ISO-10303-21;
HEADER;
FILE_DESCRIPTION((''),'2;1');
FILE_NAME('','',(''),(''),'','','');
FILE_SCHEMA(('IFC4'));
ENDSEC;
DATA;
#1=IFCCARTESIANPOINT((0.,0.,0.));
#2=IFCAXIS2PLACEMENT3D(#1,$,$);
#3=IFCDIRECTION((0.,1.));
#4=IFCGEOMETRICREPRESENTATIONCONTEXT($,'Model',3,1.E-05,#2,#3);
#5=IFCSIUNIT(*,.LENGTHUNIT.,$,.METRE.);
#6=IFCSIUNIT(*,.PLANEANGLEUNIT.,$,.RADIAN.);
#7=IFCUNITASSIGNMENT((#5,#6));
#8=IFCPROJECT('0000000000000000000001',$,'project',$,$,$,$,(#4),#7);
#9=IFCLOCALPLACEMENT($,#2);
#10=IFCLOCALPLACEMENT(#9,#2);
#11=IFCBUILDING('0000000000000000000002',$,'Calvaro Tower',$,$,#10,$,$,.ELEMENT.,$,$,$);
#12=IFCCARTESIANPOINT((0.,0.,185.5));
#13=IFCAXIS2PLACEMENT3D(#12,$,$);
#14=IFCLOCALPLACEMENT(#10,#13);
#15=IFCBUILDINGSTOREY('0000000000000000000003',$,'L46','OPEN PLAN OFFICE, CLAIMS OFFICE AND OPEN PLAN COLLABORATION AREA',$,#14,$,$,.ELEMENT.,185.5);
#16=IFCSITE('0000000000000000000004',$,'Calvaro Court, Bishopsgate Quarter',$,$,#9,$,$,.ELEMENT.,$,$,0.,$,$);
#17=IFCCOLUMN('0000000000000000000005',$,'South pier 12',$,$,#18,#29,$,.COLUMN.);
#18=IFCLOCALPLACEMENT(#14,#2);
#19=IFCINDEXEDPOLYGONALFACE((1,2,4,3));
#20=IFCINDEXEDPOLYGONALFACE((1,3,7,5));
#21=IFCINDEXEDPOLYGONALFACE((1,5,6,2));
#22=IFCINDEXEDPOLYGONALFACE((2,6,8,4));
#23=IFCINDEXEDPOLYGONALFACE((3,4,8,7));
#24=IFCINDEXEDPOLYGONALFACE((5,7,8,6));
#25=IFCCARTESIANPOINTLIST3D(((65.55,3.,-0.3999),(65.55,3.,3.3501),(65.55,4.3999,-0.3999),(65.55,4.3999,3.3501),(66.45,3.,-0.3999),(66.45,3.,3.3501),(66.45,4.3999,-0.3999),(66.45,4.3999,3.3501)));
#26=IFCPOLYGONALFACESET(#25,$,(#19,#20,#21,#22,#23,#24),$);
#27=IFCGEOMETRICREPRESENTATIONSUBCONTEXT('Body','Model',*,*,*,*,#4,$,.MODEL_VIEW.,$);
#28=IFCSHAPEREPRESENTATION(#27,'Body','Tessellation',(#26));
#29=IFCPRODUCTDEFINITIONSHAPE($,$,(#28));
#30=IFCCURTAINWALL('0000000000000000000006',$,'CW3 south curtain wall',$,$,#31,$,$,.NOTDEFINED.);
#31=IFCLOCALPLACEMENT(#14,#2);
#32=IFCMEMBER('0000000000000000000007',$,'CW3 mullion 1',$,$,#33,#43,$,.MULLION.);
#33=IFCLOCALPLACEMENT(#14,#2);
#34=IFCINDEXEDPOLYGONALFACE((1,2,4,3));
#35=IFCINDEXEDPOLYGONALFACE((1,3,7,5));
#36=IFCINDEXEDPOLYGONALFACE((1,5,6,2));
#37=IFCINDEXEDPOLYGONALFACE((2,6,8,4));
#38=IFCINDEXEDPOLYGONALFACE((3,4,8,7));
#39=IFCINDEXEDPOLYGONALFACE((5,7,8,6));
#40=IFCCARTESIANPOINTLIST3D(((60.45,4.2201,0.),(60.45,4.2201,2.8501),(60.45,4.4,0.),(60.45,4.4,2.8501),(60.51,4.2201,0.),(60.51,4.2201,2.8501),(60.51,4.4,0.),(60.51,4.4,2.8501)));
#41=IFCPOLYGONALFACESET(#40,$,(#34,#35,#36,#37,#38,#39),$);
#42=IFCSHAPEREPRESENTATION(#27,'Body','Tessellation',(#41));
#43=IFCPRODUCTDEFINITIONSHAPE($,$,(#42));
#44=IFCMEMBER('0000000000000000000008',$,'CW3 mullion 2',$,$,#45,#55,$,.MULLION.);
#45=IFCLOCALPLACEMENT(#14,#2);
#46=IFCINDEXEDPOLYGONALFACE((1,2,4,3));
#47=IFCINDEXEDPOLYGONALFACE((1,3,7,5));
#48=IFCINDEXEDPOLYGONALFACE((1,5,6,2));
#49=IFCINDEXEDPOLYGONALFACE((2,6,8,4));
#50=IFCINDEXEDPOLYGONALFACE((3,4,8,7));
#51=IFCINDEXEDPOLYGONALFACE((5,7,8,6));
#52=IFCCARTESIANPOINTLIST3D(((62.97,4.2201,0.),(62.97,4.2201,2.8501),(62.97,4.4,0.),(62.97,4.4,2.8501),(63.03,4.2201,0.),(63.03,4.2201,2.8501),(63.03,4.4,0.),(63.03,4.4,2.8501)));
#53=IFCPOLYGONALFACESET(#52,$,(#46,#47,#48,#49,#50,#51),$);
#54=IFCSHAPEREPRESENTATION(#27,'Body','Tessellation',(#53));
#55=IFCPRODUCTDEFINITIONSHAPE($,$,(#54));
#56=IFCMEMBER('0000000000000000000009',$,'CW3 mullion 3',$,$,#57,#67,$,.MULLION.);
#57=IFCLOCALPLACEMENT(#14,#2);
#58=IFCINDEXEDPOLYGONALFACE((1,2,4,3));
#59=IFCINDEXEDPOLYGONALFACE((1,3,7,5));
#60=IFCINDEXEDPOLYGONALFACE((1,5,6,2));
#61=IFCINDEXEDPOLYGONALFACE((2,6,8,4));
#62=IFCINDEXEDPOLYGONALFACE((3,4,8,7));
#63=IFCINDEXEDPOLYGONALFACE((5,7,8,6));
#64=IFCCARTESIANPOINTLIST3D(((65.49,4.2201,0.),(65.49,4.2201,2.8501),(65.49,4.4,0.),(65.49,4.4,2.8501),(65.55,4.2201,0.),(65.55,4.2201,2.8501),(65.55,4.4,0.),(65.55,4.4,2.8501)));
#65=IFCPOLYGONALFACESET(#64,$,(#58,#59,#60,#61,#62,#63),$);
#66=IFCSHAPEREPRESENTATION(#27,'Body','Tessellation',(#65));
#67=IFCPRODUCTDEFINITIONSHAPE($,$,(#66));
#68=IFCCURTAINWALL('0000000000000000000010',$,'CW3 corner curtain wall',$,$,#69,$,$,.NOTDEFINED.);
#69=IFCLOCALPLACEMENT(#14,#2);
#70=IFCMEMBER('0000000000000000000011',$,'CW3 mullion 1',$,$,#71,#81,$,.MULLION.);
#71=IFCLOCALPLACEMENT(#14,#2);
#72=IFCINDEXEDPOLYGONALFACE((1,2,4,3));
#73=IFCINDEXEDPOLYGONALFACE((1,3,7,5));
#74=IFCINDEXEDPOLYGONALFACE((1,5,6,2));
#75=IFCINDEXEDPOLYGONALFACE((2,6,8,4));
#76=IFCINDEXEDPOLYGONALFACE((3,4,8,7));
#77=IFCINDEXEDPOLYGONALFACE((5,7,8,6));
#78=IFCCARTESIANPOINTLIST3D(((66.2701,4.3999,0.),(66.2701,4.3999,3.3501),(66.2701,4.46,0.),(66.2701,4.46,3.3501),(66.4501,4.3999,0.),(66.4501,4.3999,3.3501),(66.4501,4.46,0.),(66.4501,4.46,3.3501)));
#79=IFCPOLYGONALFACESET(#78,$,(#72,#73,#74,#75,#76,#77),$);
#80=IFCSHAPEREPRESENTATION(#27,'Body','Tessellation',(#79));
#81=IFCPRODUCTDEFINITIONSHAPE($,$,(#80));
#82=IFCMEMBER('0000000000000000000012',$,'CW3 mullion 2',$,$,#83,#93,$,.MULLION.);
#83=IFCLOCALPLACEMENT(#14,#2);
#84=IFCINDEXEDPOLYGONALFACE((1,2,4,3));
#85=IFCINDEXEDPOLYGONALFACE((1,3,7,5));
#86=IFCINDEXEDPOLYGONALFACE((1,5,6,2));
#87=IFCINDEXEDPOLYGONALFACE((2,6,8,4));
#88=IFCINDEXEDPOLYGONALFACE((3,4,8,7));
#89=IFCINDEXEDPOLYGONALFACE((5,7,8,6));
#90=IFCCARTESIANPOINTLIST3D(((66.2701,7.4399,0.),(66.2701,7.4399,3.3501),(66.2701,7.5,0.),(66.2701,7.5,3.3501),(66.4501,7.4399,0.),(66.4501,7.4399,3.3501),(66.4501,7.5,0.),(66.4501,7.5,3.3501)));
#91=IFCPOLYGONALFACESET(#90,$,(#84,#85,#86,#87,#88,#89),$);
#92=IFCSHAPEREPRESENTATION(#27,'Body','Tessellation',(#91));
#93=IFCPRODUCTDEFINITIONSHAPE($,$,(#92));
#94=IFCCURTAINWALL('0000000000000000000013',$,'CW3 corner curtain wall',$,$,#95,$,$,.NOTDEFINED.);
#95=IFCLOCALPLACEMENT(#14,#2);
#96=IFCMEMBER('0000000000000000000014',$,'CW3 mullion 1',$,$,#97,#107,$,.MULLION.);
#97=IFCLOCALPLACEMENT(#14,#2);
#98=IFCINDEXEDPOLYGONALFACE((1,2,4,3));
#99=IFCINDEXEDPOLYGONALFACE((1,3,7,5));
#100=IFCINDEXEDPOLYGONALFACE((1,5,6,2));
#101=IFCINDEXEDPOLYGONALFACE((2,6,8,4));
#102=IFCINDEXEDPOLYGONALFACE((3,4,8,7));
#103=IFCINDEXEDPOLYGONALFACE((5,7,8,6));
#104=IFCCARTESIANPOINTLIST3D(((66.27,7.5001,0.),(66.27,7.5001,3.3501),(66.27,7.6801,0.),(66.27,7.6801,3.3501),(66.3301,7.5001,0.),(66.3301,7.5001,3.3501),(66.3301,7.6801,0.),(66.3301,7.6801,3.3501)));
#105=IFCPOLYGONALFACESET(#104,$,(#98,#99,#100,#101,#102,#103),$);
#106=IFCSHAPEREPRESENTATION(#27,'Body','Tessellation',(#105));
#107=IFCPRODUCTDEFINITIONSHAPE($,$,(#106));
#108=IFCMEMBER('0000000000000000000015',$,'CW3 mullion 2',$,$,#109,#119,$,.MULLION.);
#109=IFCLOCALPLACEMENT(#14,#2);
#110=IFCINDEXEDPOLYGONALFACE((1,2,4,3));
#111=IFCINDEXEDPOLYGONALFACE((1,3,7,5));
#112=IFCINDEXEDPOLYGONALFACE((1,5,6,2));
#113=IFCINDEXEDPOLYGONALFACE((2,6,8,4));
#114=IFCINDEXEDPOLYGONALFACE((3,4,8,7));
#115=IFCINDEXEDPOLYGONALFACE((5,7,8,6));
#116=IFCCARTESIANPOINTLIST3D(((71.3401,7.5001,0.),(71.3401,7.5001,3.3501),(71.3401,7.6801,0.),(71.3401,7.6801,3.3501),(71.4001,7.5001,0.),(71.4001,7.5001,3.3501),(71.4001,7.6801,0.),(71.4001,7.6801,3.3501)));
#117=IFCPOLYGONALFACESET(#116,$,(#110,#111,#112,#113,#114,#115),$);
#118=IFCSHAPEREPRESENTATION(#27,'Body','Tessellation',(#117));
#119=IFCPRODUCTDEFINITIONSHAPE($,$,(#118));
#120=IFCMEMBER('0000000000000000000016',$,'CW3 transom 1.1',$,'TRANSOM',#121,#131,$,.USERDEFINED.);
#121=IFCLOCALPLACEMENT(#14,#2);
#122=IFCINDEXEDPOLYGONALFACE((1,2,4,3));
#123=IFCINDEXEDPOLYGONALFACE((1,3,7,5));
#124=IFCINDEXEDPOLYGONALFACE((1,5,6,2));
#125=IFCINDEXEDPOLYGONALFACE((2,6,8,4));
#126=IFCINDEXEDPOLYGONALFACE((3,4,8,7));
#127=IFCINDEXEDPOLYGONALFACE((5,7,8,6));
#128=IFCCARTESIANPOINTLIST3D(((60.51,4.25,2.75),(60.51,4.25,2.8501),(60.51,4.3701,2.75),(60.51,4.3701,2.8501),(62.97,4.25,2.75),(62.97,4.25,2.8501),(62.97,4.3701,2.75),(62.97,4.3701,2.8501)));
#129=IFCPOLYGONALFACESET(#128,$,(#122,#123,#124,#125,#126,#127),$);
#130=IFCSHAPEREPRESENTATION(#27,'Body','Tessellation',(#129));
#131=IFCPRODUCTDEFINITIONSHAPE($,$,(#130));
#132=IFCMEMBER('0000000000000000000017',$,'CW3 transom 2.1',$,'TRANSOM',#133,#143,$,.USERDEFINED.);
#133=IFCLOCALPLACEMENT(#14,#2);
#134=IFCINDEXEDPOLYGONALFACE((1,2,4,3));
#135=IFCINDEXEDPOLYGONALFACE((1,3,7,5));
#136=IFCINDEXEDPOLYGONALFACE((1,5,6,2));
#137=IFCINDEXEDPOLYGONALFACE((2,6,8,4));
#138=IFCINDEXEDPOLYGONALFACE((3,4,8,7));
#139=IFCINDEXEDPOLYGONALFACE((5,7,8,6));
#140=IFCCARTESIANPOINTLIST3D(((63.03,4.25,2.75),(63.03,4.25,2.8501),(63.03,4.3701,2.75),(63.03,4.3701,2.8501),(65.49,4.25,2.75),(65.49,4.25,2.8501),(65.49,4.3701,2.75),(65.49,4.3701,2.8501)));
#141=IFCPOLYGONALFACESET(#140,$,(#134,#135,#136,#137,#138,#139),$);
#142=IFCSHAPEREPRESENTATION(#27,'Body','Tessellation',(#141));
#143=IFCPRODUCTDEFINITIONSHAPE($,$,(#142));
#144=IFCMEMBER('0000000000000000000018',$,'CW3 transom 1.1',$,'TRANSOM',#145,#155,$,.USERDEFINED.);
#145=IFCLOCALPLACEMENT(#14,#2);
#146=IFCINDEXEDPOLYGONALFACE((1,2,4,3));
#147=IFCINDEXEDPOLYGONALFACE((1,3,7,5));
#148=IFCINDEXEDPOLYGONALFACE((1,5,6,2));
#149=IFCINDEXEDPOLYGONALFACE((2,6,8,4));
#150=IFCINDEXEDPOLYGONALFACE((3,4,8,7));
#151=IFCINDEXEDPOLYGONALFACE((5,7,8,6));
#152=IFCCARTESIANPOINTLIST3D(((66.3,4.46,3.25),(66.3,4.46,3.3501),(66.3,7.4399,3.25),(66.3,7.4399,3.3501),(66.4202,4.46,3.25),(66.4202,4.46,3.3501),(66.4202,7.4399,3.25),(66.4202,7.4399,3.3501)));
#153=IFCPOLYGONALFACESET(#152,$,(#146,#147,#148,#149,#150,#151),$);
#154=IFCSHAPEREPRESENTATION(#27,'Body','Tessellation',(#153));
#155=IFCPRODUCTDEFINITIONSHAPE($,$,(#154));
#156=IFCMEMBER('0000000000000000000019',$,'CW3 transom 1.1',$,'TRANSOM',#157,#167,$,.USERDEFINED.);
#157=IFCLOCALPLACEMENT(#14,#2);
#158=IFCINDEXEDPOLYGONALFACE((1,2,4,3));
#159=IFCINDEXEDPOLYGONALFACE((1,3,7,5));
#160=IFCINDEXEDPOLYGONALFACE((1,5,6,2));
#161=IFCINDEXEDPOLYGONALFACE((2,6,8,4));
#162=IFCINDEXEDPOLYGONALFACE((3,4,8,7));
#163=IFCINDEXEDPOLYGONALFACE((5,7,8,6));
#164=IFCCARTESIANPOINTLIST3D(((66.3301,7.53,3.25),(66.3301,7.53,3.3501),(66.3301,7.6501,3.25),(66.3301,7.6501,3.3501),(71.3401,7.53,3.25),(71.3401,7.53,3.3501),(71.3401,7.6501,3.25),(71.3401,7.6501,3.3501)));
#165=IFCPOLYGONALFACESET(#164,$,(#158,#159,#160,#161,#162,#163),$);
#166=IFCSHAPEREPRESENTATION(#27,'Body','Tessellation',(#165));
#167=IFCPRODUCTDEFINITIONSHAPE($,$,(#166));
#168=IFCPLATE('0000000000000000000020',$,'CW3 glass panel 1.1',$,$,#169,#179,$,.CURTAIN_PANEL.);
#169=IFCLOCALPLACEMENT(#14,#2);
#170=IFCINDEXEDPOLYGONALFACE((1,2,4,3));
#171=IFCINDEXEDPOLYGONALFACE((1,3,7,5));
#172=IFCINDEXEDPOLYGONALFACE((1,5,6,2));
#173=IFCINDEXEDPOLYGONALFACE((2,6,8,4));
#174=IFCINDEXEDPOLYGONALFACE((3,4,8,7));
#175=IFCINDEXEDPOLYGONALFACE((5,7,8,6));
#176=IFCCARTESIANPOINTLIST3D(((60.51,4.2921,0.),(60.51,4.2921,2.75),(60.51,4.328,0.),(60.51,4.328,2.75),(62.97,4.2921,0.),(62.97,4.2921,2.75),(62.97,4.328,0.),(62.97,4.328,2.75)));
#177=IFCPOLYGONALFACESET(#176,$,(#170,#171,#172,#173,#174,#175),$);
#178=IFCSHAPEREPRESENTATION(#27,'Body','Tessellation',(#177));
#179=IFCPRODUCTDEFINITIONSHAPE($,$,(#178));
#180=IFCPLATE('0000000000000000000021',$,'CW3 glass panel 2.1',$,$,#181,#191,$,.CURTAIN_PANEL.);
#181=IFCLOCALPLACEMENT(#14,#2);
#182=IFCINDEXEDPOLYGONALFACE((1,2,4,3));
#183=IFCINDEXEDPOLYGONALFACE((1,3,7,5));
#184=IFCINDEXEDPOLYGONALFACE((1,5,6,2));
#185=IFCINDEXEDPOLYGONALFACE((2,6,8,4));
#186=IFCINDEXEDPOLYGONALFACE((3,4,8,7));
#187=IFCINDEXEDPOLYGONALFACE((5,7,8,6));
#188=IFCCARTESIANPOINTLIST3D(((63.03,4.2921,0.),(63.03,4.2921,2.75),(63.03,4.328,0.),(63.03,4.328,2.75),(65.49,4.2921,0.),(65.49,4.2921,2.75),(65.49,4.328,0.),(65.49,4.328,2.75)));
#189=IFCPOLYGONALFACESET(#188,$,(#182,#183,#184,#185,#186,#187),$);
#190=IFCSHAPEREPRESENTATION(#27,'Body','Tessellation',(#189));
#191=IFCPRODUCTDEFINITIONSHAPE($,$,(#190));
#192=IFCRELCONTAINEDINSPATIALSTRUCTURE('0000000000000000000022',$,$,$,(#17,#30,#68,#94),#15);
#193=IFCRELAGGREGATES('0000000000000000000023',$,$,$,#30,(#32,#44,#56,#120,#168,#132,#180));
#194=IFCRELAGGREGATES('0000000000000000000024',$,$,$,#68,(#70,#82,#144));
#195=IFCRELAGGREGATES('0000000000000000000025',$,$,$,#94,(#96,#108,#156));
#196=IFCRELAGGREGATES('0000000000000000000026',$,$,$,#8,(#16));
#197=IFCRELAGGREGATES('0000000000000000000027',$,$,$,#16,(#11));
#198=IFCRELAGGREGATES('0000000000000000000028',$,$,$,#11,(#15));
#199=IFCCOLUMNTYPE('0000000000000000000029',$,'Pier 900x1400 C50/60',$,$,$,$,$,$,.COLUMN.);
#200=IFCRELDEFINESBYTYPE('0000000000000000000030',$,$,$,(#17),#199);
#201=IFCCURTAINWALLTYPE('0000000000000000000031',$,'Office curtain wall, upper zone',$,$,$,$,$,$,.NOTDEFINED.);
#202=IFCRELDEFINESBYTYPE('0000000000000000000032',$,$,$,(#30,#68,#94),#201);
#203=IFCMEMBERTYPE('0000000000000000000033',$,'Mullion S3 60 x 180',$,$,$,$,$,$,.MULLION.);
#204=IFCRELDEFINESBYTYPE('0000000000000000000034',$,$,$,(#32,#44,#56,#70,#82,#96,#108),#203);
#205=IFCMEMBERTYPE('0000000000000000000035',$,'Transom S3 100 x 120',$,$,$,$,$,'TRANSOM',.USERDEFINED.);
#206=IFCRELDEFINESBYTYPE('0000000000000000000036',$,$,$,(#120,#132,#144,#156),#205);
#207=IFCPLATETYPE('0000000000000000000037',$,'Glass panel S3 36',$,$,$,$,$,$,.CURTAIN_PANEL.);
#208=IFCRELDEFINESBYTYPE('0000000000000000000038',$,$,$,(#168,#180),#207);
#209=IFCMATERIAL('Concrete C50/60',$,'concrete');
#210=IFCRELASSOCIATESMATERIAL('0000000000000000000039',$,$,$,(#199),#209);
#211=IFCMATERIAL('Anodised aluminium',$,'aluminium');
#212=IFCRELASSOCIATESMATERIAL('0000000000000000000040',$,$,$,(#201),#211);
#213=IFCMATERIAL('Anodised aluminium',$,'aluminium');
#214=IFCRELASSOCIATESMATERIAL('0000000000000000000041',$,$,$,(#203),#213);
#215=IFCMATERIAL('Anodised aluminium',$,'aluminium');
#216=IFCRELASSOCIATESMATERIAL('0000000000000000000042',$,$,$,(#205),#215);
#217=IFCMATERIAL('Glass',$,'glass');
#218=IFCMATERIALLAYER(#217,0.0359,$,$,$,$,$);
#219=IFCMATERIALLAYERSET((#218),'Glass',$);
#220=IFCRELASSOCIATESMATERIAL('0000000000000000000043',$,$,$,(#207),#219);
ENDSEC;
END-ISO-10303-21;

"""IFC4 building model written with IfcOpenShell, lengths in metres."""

from ifc_helpers import new_model, si_unit, direction, frame, origin, origin_2d, place, context, subcontext, project, spatial, rectangle, extrude, material, layer, layer_set, material_profile, profile_set, type_object, element, aggregate, save


model = new_model("IFC4")

# Units and contexts
model_context = context("Model", 3, precision=1e-05, world=origin(), true_north=direction((0.0, 1.0)))
body_context = subcontext(model_context, "Body", "Model", "MODEL_VIEW")
ifc_project = project(units=[si_unit("LENGTHUNIT", "METRE"), si_unit("PLANEANGLEUNIT", "RADIAN")], contexts=[model_context])

# Site, building, storey
site_placement = place(None, origin())
site = spatial("IfcSite", under=ifc_project, at=site_placement, Name="Calvaro Court, Bishopsgate Quarter", CompositionType="ELEMENT", RefElevation=0.0)
building_placement = place(site_placement, origin())
building = spatial("IfcBuilding", under=site, at=building_placement, Name="Calvaro Tower", CompositionType="ELEMENT")
storey_placement = place(building_placement, frame((0.0, 0.0, 185.5)))
storey = spatial("IfcBuildingStorey", under=building, at=storey_placement, Name="L46", Description="OPEN PLAN OFFICE, CLAIMS OFFICE AND OPEN PLAN COLLABORATION AREA", CompositionType="ELEMENT", Elevation=185.5)

# Column
ifc_material_1 = material(Name="Concrete C50/60", Category="concrete")
ifc_material_profile_1 = material_profile(ifc_material_1, rectangle(XDim=0.8999, YDim=1.3999, at=origin_2d()), Name="RC 900x1400")
ifc_profile_set_1 = profile_set([ifc_material_profile_1], Name="Concrete C50/60")
column_type = type_object("IfcColumnType", Name="Pier 900x1400 C50/60", PredefinedType="COLUMN", material=ifc_profile_set_1)
column_placement = place(storey_placement, frame((66.0, 3.7, -0.3999), z_axis=(0.0, 0.0, 1.0), x_axis=(1.0, 0.0, 0.0)))
element("IfcColumn", 1, at=column_placement, inside=storey, type_object=column_type, Name="South pier 12", PredefinedType="COLUMN", context=body_context, shape_type="SweptSolid", body=[
    extrude(rectangle(XDim=0.8999, YDim=1.3999, at=origin_2d()), origin(), (0.0, 0.0, 1.0), 3.75),
])

# Curtain walls, members
ifc_material_2 = material(Name="Anodised aluminium", Category="aluminium")
curtain_wall_type = type_object("IfcCurtainWallType", Name="Office curtain wall, upper zone", PredefinedType="NOTDEFINED", material=ifc_material_2)
curtain_wall_1_placement = place(storey_placement, origin())
curtain_wall_1 = element("IfcCurtainWall", 2, at=curtain_wall_1_placement, inside=storey, type_object=curtain_wall_type, Name="CW3 south curtain wall", PredefinedType="NOTDEFINED")
ifc_material_3 = material(Name="Anodised aluminium", Category="aluminium")
ifc_material_profile_2 = material_profile(ifc_material_3, rectangle(XDim=0.1799, YDim=0.0601, at=origin_2d()), Name="Mullion S3 60 x 180")
ifc_profile_set_2 = profile_set([ifc_material_profile_2], Name="Anodised aluminium")
member_type_1 = type_object("IfcMemberType", Name="Mullion S3 60 x 180", PredefinedType="MULLION", material=ifc_profile_set_2)
member_1_placement = place(storey_placement, frame((60.48, 4.3101, 0.0), z_axis=(0.0, 0.0, 1.0), x_axis=(0.0, 1.0, 0.0)))
member_1 = element("IfcMember", 3, at=member_1_placement, type_object=member_type_1, Name="CW3 mullion 1", PredefinedType="MULLION", context=body_context, shape_type="SweptSolid", body=[
    extrude(rectangle(XDim=0.1799, YDim=0.0601, at=origin_2d()), origin(), (0.0, 0.0, 1.0), 2.8501),
])
member_2_placement = place(storey_placement, frame((63.0, 4.3101, 0.0), z_axis=(0.0, 0.0, 1.0), x_axis=(0.0, 1.0, 0.0)))
member_2 = element("IfcMember", 4, at=member_2_placement, type_object=member_type_1, Name="CW3 mullion 2", PredefinedType="MULLION", context=body_context, shape_type="SweptSolid", body=[
    extrude(rectangle(XDim=0.1799, YDim=0.0601, at=origin_2d()), origin(), (0.0, 0.0, 1.0), 2.8501),
])
member_3_placement = place(storey_placement, frame((65.52, 4.3101, 0.0), z_axis=(0.0, 0.0, 1.0), x_axis=(0.0, 1.0, 0.0)))
member_3 = element("IfcMember", 5, at=member_3_placement, type_object=member_type_1, Name="CW3 mullion 3", PredefinedType="MULLION", context=body_context, shape_type="SweptSolid", body=[
    extrude(rectangle(XDim=0.1799, YDim=0.0601, at=origin_2d()), origin(), (0.0, 0.0, 1.0), 2.8501),
])
curtain_wall_2_placement = place(storey_placement, origin())
curtain_wall_2 = element("IfcCurtainWall", 6, at=curtain_wall_2_placement, inside=storey, type_object=curtain_wall_type, Name="CW3 corner curtain wall", PredefinedType="NOTDEFINED")
member_4_placement = place(storey_placement, frame((66.3601, 4.4299, 0.0), z_axis=(0.0, 0.0, 1.0), x_axis=(-1.0, 0.0, 0.0)))
member_4 = element("IfcMember", 7, at=member_4_placement, type_object=member_type_1, Name="CW3 mullion 1", PredefinedType="MULLION", context=body_context, shape_type="SweptSolid", body=[
    extrude(rectangle(XDim=0.1799, YDim=0.0601, at=origin_2d()), origin(), (0.0, 0.0, 1.0), 3.3501),
])
member_5_placement = place(storey_placement, frame((66.3601, 7.47, 0.0), z_axis=(0.0, 0.0, 1.0), x_axis=(-1.0, 0.0, 0.0)))
member_5 = element("IfcMember", 8, at=member_5_placement, type_object=member_type_1, Name="CW3 mullion 2", PredefinedType="MULLION", context=body_context, shape_type="SweptSolid", body=[
    extrude(rectangle(XDim=0.1799, YDim=0.0601, at=origin_2d()), origin(), (0.0, 0.0, 1.0), 3.3501),
])
curtain_wall_3_placement = place(storey_placement, origin())
curtain_wall_3 = element("IfcCurtainWall", 9, at=curtain_wall_3_placement, inside=storey, type_object=curtain_wall_type, Name="CW3 corner curtain wall", PredefinedType="NOTDEFINED")
member_6_placement = place(storey_placement, frame((66.3, 7.5901, 0.0), z_axis=(0.0, 0.0, 1.0), x_axis=(0.0, 1.0, 0.0)))
member_6 = element("IfcMember", 10, at=member_6_placement, type_object=member_type_1, Name="CW3 mullion 1", PredefinedType="MULLION", context=body_context, shape_type="SweptSolid", body=[
    extrude(rectangle(XDim=0.1799, YDim=0.0601, at=origin_2d()), origin(), (0.0, 0.0, 1.0), 3.3501),
])
member_7_placement = place(storey_placement, frame((71.3701, 7.5901, 0.0), z_axis=(0.0, 0.0, 1.0), x_axis=(0.0, 1.0, 0.0)))
member_7 = element("IfcMember", 11, at=member_7_placement, type_object=member_type_1, Name="CW3 mullion 2", PredefinedType="MULLION", context=body_context, shape_type="SweptSolid", body=[
    extrude(rectangle(XDim=0.1799, YDim=0.0601, at=origin_2d()), origin(), (0.0, 0.0, 1.0), 3.3501),
])

# Members
ifc_material_4 = material(Name="Anodised aluminium", Category="aluminium")
ifc_material_profile_3 = material_profile(ifc_material_4, rectangle(XDim=0.1201, YDim=0.1001, at=origin_2d()), Name="Transom S3 100 x 120")
ifc_profile_set_3 = profile_set([ifc_material_profile_3], Name="Anodised aluminium")
member_type_2 = type_object("IfcMemberType", Name="Transom S3 100 x 120", ElementType="TRANSOM", PredefinedType="USERDEFINED", material=ifc_profile_set_3)
member_8_placement = place(storey_placement, frame((60.51, 4.3101, 2.8), z_axis=(1.0, 0.0, 0.0), x_axis=(0.0, 1.0, 0.0)))
member_8 = element("IfcMember", 12, at=member_8_placement, type_object=member_type_2, Name="CW3 transom 1.1", ObjectType="TRANSOM", PredefinedType="USERDEFINED", context=body_context, shape_type="SweptSolid", body=[
    extrude(rectangle(XDim=0.1201, YDim=0.1001, at=origin_2d()), origin(), (0.0, 0.0, 1.0), 2.46),
])
member_9_placement = place(storey_placement, frame((63.03, 4.3101, 2.8), z_axis=(1.0, 0.0, 0.0), x_axis=(0.0, 1.0, 0.0)))
member_9 = element("IfcMember", 13, at=member_9_placement, type_object=member_type_2, Name="CW3 transom 2.1", ObjectType="TRANSOM", PredefinedType="USERDEFINED", context=body_context, shape_type="SweptSolid", body=[
    extrude(rectangle(XDim=0.1201, YDim=0.1001, at=origin_2d()), origin(), (0.0, 0.0, 1.0), 2.46),
])
member_10_placement = place(storey_placement, frame((66.3601, 4.46, 3.3), z_axis=(0.0, 1.0, 0.0), x_axis=(-1.0, 0.0, 0.0)))
member_10 = element("IfcMember", 14, at=member_10_placement, type_object=member_type_2, Name="CW3 transom 1.1", ObjectType="TRANSOM", PredefinedType="USERDEFINED", context=body_context, shape_type="SweptSolid", body=[
    extrude(rectangle(XDim=0.1201, YDim=0.1001, at=origin_2d()), origin(), (0.0, 0.0, 1.0), 2.98),
])
member_11_placement = place(storey_placement, frame((66.3301, 7.5901, 3.3), z_axis=(1.0, 0.0, 0.0), x_axis=(0.0, 1.0, 0.0)))
member_11 = element("IfcMember", 15, at=member_11_placement, type_object=member_type_2, Name="CW3 transom 1.1", ObjectType="TRANSOM", PredefinedType="USERDEFINED", context=body_context, shape_type="SweptSolid", body=[
    extrude(rectangle(XDim=0.1201, YDim=0.1001, at=origin_2d()), origin(), (0.0, 0.0, 1.0), 5.01),
])

# Plates
ifc_material_5 = material(Name="Glass", Category="glass")
ifc_layer_1 = layer(ifc_material_5, 0.0359)
ifc_layer_set_1 = layer_set([ifc_layer_1], Name="Glass")
plate_type = type_object("IfcPlateType", Name="Glass panel S3 36", PredefinedType="CURTAIN_PANEL", material=ifc_layer_set_1)
plate_1_placement = place(storey_placement, frame((61.74, 4.3101, 0.0), z_axis=(0.0, 0.0, 1.0), x_axis=(1.0, 0.0, 0.0)))
plate_1 = element("IfcPlate", 16, at=plate_1_placement, type_object=plate_type, Name="CW3 glass panel 1.1", PredefinedType="CURTAIN_PANEL", context=body_context, shape_type="SweptSolid", body=[
    extrude(rectangle(XDim=2.46, YDim=0.0359, at=origin_2d()), origin(), (0.0, 0.0, 1.0), 2.75),
])
plate_2_placement = place(storey_placement, frame((64.26, 4.3101, 0.0), z_axis=(0.0, 0.0, 1.0), x_axis=(1.0, 0.0, 0.0)))
plate_2 = element("IfcPlate", 17, at=plate_2_placement, type_object=plate_type, Name="CW3 glass panel 2.1", PredefinedType="CURTAIN_PANEL", context=body_context, shape_type="SweptSolid", body=[
    extrude(rectangle(XDim=2.46, YDim=0.0359, at=origin_2d()), origin(), (0.0, 0.0, 1.0), 2.75),
])
aggregate(curtain_wall_1, [member_1, member_2, member_3, member_8, plate_1, member_9, plate_2])
aggregate(curtain_wall_2, [member_4, member_5, member_10])
aggregate(curtain_wall_3, [member_6, member_7, member_11])

save(model, "model.ifc")
